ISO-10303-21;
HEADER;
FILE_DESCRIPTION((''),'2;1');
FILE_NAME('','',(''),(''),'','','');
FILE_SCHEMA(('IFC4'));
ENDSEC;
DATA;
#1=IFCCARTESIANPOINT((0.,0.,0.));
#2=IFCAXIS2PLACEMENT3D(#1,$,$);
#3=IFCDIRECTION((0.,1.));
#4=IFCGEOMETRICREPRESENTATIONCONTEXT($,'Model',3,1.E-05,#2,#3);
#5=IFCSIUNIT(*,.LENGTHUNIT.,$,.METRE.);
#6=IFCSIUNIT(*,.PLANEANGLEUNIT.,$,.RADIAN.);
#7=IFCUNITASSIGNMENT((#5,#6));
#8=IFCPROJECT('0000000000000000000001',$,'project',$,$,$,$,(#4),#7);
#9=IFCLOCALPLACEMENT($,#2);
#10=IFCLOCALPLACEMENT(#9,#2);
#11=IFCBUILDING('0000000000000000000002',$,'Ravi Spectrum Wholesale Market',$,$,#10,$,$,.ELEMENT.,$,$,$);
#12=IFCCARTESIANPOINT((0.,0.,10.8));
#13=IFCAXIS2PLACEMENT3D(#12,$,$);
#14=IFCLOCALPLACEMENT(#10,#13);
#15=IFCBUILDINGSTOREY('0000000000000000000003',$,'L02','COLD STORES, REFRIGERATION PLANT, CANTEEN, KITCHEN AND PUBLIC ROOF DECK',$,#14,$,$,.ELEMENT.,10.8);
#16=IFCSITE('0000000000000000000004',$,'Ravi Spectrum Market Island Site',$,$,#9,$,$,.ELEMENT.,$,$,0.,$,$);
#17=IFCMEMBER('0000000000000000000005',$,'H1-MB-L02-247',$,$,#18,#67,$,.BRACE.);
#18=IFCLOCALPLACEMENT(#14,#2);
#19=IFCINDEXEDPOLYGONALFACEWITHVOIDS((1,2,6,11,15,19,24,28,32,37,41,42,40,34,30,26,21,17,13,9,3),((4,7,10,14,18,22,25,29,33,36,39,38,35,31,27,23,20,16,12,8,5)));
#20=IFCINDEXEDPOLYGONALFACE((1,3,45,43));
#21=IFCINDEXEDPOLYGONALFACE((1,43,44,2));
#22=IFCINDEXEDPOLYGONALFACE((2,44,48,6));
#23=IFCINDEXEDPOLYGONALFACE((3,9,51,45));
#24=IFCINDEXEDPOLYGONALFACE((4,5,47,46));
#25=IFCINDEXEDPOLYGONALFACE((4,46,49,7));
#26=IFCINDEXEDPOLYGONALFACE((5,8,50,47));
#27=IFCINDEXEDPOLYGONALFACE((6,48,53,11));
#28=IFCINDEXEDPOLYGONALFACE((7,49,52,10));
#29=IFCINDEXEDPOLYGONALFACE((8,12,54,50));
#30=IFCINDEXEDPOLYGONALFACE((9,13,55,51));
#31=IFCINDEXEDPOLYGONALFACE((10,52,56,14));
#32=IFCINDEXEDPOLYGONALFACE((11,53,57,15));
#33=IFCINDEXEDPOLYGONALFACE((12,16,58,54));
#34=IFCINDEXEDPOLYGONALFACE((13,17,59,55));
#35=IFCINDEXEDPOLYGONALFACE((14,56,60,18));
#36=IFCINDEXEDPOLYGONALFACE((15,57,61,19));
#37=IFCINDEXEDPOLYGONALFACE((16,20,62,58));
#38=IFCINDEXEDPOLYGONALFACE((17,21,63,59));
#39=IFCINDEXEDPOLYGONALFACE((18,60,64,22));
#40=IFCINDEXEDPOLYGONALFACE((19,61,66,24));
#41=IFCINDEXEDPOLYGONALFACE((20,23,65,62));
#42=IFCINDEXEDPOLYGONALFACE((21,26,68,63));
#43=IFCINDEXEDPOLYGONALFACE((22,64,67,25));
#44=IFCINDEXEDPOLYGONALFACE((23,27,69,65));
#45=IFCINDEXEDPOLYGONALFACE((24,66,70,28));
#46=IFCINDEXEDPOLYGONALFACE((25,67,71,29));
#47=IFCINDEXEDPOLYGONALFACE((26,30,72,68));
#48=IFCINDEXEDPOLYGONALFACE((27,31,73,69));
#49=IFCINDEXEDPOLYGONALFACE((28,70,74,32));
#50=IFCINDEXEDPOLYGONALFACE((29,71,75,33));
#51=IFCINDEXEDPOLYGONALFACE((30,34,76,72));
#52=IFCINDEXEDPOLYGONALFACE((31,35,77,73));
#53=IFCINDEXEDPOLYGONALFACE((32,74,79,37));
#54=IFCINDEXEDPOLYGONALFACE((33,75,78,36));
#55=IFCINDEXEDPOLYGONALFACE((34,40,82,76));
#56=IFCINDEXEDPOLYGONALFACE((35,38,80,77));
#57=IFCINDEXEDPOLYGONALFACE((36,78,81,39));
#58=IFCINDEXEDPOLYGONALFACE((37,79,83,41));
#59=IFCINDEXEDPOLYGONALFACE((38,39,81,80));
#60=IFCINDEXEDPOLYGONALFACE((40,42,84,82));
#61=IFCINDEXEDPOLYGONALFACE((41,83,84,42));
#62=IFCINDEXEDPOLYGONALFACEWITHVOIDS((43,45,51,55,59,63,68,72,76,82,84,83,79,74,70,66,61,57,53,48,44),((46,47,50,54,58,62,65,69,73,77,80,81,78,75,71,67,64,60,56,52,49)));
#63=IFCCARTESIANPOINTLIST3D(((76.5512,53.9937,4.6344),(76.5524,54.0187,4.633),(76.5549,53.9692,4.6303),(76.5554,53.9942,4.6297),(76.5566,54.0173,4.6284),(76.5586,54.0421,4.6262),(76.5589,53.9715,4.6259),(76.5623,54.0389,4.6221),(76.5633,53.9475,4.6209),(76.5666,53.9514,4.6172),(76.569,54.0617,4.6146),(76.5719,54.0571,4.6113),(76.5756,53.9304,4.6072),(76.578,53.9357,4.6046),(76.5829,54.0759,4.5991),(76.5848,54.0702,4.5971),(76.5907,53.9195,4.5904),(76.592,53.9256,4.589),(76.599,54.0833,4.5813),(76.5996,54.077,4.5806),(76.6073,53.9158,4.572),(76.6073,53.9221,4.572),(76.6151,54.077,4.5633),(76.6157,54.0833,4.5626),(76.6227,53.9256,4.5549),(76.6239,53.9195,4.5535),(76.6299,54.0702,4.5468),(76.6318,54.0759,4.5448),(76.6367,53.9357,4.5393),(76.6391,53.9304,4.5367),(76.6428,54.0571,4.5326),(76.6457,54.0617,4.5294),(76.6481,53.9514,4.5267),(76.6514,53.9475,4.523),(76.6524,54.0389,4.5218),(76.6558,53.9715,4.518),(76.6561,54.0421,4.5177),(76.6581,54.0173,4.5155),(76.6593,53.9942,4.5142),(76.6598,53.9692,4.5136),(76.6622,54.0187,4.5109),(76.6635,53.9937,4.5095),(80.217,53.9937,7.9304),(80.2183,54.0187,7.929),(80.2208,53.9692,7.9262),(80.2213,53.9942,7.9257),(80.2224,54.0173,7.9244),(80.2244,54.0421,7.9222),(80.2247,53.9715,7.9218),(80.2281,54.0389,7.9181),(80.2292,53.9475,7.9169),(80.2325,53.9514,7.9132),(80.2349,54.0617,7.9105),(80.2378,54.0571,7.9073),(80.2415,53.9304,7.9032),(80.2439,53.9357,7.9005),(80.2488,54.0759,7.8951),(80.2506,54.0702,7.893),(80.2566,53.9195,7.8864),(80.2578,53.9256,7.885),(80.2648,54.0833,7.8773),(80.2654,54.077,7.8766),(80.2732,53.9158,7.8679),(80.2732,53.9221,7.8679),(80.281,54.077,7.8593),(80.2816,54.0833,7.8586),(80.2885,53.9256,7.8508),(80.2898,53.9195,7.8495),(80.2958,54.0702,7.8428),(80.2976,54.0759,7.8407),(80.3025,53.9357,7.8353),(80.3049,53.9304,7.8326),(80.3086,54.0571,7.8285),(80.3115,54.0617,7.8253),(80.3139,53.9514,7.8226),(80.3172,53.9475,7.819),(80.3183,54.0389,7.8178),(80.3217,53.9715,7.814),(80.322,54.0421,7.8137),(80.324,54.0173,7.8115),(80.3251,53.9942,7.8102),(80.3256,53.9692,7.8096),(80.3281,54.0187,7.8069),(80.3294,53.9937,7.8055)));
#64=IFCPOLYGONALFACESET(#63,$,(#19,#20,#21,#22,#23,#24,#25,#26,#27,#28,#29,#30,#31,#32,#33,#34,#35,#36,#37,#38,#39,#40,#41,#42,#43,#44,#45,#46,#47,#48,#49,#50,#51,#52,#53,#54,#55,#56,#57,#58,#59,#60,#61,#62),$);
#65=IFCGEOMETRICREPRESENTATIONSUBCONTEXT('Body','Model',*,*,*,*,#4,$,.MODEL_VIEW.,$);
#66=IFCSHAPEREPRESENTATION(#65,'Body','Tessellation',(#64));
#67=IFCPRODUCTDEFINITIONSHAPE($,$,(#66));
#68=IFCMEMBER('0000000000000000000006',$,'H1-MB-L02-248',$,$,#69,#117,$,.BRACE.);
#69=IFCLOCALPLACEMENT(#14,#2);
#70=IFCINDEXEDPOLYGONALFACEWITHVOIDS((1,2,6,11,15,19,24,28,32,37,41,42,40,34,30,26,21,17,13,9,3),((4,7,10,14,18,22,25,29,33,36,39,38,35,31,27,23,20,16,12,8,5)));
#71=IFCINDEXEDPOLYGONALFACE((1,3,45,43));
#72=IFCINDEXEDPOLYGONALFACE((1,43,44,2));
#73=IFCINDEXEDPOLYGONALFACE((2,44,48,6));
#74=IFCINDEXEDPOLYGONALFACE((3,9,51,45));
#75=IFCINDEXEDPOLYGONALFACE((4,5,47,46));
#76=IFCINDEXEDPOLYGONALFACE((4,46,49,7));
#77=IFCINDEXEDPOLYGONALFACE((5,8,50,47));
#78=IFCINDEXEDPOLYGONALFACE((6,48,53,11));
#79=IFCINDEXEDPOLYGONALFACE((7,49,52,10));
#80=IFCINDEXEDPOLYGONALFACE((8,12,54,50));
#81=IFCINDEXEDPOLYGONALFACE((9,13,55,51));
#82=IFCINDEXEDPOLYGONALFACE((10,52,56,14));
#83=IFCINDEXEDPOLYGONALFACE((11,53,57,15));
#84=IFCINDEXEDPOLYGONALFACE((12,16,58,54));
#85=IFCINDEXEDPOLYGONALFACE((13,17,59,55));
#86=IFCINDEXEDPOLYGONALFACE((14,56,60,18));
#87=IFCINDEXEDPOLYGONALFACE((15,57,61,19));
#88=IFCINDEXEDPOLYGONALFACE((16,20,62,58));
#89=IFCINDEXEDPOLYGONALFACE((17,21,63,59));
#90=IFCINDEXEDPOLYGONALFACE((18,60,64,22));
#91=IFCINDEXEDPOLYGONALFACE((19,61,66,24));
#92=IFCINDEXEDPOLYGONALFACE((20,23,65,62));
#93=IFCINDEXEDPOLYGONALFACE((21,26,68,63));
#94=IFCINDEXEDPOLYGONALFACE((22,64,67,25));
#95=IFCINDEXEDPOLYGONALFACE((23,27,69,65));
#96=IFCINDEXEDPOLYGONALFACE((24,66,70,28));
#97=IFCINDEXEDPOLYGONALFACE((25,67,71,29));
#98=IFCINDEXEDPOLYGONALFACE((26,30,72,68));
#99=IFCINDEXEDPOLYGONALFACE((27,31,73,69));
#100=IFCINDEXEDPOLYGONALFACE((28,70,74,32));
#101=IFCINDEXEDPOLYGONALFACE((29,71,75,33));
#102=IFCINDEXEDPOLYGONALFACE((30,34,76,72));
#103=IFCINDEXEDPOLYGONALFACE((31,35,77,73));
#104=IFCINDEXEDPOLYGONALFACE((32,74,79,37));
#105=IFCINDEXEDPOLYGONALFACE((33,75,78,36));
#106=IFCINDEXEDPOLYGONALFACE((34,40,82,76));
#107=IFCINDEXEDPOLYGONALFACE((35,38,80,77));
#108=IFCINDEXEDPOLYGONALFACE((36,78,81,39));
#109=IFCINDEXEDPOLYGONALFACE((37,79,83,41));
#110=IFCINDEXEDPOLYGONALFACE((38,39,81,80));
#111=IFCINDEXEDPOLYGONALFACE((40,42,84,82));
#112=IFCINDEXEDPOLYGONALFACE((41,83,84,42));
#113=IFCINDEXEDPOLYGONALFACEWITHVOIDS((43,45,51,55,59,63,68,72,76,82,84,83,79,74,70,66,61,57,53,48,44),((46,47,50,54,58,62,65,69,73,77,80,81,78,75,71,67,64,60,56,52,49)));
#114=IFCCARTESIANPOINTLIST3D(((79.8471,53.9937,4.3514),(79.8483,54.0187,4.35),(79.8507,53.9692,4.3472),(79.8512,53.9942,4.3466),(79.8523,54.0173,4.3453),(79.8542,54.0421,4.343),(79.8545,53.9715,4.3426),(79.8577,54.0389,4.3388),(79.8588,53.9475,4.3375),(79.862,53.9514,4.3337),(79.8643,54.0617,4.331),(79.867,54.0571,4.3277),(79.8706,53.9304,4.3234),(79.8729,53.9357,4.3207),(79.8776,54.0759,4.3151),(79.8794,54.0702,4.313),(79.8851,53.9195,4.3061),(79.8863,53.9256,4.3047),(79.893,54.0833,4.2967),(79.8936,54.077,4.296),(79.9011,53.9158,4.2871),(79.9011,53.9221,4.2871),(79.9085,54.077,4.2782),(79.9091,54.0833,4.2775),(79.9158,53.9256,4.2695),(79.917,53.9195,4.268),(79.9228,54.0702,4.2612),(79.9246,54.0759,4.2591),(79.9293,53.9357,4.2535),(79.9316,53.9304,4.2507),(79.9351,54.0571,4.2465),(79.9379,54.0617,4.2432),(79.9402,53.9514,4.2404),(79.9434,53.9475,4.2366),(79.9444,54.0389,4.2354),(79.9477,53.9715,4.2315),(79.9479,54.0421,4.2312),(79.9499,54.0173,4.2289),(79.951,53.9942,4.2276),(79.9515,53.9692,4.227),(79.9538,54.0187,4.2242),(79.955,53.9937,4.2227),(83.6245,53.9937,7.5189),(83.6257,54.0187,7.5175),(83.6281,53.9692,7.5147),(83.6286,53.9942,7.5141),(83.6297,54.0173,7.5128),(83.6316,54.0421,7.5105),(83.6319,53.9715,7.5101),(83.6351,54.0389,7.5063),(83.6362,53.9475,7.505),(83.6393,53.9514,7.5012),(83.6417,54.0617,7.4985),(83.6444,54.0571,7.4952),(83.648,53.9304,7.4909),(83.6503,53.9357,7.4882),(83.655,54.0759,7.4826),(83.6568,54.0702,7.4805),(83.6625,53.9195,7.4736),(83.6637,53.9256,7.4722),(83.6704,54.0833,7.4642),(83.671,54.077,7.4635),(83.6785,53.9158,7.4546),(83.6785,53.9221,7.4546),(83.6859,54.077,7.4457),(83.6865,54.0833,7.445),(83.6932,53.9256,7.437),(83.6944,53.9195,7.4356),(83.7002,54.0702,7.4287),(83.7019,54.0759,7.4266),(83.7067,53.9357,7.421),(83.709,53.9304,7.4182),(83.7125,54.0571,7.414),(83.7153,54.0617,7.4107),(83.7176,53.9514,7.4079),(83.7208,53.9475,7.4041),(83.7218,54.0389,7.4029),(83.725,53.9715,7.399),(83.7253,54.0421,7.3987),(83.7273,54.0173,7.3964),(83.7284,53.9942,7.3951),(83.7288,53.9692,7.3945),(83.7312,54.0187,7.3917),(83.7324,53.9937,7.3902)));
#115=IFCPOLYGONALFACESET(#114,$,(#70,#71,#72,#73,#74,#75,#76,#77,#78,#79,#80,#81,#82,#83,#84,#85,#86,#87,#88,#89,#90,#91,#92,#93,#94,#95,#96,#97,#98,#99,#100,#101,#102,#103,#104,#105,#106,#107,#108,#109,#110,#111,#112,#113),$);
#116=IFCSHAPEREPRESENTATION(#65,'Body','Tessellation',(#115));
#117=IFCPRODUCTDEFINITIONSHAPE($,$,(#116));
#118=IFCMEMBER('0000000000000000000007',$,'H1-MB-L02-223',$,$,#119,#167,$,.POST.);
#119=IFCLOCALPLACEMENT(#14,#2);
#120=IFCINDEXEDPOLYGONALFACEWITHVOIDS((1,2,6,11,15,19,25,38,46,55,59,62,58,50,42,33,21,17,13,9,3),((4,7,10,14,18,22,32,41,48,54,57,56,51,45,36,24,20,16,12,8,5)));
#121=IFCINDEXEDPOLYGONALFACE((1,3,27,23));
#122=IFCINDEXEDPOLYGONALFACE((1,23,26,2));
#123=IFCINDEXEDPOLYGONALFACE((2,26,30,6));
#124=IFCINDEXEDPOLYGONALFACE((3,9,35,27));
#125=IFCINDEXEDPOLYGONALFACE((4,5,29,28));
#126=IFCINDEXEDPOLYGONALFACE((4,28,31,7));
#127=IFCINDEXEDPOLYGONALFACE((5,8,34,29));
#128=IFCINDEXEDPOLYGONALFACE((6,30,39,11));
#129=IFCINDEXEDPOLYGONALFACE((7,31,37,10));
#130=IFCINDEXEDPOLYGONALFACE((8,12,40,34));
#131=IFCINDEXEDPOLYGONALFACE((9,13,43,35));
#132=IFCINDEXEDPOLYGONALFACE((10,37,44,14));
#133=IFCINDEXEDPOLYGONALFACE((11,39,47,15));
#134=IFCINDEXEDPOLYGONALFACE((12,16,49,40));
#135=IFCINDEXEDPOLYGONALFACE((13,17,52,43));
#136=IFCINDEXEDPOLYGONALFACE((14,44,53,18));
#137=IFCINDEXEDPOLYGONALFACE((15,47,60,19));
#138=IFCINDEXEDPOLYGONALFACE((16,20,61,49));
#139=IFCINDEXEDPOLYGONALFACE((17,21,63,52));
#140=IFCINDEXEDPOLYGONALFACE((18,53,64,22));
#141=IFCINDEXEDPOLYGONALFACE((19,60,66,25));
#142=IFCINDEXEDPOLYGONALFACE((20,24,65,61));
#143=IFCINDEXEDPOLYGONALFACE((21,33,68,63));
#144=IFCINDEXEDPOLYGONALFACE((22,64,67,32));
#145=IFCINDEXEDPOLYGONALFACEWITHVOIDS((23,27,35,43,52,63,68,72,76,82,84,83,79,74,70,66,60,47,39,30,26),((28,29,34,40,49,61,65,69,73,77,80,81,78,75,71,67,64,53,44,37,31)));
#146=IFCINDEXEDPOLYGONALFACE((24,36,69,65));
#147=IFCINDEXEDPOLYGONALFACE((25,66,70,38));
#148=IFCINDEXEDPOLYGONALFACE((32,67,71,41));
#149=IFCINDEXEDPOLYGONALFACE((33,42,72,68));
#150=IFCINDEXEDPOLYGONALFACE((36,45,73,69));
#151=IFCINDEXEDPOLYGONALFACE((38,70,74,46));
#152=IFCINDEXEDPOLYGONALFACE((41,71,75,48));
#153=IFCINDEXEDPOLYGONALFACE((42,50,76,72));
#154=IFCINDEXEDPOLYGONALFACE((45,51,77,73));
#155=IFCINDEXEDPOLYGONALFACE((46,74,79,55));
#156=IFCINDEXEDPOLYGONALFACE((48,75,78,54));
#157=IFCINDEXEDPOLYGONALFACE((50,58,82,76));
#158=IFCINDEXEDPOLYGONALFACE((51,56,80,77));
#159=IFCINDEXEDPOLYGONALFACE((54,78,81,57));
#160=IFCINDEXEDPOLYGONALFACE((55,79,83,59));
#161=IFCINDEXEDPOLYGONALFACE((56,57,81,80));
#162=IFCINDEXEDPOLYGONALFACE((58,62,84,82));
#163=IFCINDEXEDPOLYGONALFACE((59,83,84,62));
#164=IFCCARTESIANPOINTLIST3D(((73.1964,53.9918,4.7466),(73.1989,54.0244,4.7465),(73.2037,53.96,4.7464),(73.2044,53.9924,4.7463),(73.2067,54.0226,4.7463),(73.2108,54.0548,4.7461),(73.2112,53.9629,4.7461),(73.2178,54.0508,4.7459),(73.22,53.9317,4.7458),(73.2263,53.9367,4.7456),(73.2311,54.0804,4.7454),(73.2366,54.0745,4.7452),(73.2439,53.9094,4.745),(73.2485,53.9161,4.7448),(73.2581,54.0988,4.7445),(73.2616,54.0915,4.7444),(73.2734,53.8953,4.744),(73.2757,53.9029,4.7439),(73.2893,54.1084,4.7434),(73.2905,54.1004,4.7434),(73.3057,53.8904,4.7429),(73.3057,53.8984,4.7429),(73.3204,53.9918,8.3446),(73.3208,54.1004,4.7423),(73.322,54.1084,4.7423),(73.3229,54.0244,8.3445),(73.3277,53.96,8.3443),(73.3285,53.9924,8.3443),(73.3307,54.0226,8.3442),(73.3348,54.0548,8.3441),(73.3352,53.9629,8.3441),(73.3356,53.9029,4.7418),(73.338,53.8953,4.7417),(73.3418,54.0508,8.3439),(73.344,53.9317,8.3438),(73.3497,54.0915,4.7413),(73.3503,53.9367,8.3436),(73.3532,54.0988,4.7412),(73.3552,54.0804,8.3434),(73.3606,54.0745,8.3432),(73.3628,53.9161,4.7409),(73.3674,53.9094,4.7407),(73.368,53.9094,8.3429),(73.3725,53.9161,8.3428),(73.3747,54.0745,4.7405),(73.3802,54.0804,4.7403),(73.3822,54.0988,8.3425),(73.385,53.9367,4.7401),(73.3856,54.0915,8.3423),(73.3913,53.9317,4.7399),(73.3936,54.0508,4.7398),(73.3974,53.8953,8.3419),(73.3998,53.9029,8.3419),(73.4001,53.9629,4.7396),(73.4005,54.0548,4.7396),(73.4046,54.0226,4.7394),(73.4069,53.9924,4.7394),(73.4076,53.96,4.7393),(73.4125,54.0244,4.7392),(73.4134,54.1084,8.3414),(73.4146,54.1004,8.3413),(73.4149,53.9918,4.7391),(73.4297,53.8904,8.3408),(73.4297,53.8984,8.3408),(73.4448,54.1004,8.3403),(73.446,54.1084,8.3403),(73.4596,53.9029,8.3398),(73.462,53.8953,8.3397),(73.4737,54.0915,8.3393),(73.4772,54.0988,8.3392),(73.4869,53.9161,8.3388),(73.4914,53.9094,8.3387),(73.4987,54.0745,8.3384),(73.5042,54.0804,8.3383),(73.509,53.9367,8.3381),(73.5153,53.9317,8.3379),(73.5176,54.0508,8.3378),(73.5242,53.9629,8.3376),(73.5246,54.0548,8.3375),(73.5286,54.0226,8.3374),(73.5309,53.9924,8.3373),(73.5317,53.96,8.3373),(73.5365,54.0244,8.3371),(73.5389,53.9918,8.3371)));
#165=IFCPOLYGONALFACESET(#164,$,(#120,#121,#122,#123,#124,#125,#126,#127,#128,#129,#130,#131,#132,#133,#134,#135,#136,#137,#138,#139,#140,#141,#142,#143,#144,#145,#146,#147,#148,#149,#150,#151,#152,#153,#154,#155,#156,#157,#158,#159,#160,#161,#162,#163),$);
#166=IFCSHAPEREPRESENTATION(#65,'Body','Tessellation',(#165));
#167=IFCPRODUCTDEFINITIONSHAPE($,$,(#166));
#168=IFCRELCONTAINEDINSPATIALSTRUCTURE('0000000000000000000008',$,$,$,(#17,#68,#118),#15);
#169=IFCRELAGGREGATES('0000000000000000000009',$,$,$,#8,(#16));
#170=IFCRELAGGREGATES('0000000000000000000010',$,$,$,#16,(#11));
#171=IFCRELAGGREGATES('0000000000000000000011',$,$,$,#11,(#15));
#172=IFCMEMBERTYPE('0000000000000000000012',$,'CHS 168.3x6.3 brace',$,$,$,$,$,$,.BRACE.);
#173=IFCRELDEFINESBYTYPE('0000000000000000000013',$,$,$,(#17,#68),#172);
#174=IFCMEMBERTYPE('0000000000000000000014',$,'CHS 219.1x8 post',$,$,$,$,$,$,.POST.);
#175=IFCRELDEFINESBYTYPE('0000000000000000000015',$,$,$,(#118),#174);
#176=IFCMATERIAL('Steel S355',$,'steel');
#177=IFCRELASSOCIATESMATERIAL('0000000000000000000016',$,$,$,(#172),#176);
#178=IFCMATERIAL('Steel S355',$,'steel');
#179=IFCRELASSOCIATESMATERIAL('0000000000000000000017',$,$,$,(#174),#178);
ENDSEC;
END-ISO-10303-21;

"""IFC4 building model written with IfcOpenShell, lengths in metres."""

from ifc_helpers import new_model, si_unit, direction, frame, origin, origin_2d, place, context, subcontext, project, spatial, hollow_circle, extrude, material, material_profile, profile_set, type_object, element, save


model = new_model("IFC4")

# Units and contexts
model_context = context("Model", 3, precision=1e-05, world=origin(), true_north=direction((0.0, 1.0)))
body_context = subcontext(model_context, "Body", "Model", "MODEL_VIEW")
ifc_project = project(units=[si_unit("LENGTHUNIT", "METRE"), si_unit("PLANEANGLEUNIT", "RADIAN")], contexts=[model_context])

# Site, building, storey
site_placement = place(None, origin())
site = spatial("IfcSite", under=ifc_project, at=site_placement, Name="Ravi Spectrum Market Island Site", CompositionType="ELEMENT", RefElevation=0.0)
building_placement = place(site_placement, origin())
building = spatial("IfcBuilding", under=site, at=building_placement, Name="Ravi Spectrum Wholesale Market", CompositionType="ELEMENT")
storey_placement = place(building_placement, frame((0.0, 0.0, 10.8)))
storey = spatial("IfcBuildingStorey", under=building, at=storey_placement, Name="L02", Description="COLD STORES, REFRIGERATION PLANT, CANTEEN, KITCHEN AND PUBLIC ROOF DECK", CompositionType="ELEMENT", Elevation=10.8)

# Members
ifc_material_1 = material(Name="Steel S355", Category="steel")
ifc_material_profile_1 = material_profile(ifc_material_1, hollow_circle(Radius=0.0842, WallThickness=0.0063, at=origin_2d()))
ifc_profile_set_1 = profile_set([ifc_material_profile_1], Name="Steel S355")
member_type_1 = type_object("IfcMemberType", Name="CHS 168.3x6.3 brace", PredefinedType="BRACE", material=ifc_profile_set_1)
for number, where, z_axis, x_axis, name in (
    (1, (80.2732, 54.0, 7.8679), (-0.743627, 0.0, -0.668595), (0.0, -1.0, 0.0), "H1-MB-L02-247"),
    (2, (83.6785, 54.0, 7.4546), (-0.766253, 0.0, -0.642539), (0.0, -1.0, 0.0), "H1-MB-L02-248"),
):
    element("IfcMember", number, at=place(storey_placement, frame(where, z_axis=z_axis, x_axis=x_axis)), inside=storey, type_object=member_type_1, Name=name, PredefinedType="BRACE", context=body_context, shape_type="SweptSolid", body=[
        extrude(hollow_circle(Radius=0.0842, WallThickness=0.0063, at=origin_2d()), origin(), (0.0, 0.0, 1.0), 4.9297),
    ])
ifc_material_2 = material(Name="Steel S355", Category="steel")
ifc_material_profile_2 = material_profile(ifc_material_2, hollow_circle(Radius=0.1096, WallThickness=0.0081, at=origin_2d()))
ifc_profile_set_2 = profile_set([ifc_material_profile_2], Name="Steel S355")
member_type_2 = type_object("IfcMemberType", Name="CHS 219.1x8 post", PredefinedType="POST", material=ifc_profile_set_2)
member_1_placement = place(storey_placement, frame((73.4297, 54.0, 8.3408), z_axis=(-0.034451, 0.0, -0.999406), x_axis=(0.0, -1.0, 0.0)))
element("IfcMember", 3, at=member_1_placement, inside=storey, type_object=member_type_2, Name="H1-MB-L02-223", PredefinedType="POST", context=body_context, shape_type="SweptSolid", body=[
    extrude(hollow_circle(Radius=0.1096, WallThickness=0.0081, at=origin_2d()), origin(), (0.0, 0.0, 1.0), 3.6001),
])

save(model, "model.ifc")
